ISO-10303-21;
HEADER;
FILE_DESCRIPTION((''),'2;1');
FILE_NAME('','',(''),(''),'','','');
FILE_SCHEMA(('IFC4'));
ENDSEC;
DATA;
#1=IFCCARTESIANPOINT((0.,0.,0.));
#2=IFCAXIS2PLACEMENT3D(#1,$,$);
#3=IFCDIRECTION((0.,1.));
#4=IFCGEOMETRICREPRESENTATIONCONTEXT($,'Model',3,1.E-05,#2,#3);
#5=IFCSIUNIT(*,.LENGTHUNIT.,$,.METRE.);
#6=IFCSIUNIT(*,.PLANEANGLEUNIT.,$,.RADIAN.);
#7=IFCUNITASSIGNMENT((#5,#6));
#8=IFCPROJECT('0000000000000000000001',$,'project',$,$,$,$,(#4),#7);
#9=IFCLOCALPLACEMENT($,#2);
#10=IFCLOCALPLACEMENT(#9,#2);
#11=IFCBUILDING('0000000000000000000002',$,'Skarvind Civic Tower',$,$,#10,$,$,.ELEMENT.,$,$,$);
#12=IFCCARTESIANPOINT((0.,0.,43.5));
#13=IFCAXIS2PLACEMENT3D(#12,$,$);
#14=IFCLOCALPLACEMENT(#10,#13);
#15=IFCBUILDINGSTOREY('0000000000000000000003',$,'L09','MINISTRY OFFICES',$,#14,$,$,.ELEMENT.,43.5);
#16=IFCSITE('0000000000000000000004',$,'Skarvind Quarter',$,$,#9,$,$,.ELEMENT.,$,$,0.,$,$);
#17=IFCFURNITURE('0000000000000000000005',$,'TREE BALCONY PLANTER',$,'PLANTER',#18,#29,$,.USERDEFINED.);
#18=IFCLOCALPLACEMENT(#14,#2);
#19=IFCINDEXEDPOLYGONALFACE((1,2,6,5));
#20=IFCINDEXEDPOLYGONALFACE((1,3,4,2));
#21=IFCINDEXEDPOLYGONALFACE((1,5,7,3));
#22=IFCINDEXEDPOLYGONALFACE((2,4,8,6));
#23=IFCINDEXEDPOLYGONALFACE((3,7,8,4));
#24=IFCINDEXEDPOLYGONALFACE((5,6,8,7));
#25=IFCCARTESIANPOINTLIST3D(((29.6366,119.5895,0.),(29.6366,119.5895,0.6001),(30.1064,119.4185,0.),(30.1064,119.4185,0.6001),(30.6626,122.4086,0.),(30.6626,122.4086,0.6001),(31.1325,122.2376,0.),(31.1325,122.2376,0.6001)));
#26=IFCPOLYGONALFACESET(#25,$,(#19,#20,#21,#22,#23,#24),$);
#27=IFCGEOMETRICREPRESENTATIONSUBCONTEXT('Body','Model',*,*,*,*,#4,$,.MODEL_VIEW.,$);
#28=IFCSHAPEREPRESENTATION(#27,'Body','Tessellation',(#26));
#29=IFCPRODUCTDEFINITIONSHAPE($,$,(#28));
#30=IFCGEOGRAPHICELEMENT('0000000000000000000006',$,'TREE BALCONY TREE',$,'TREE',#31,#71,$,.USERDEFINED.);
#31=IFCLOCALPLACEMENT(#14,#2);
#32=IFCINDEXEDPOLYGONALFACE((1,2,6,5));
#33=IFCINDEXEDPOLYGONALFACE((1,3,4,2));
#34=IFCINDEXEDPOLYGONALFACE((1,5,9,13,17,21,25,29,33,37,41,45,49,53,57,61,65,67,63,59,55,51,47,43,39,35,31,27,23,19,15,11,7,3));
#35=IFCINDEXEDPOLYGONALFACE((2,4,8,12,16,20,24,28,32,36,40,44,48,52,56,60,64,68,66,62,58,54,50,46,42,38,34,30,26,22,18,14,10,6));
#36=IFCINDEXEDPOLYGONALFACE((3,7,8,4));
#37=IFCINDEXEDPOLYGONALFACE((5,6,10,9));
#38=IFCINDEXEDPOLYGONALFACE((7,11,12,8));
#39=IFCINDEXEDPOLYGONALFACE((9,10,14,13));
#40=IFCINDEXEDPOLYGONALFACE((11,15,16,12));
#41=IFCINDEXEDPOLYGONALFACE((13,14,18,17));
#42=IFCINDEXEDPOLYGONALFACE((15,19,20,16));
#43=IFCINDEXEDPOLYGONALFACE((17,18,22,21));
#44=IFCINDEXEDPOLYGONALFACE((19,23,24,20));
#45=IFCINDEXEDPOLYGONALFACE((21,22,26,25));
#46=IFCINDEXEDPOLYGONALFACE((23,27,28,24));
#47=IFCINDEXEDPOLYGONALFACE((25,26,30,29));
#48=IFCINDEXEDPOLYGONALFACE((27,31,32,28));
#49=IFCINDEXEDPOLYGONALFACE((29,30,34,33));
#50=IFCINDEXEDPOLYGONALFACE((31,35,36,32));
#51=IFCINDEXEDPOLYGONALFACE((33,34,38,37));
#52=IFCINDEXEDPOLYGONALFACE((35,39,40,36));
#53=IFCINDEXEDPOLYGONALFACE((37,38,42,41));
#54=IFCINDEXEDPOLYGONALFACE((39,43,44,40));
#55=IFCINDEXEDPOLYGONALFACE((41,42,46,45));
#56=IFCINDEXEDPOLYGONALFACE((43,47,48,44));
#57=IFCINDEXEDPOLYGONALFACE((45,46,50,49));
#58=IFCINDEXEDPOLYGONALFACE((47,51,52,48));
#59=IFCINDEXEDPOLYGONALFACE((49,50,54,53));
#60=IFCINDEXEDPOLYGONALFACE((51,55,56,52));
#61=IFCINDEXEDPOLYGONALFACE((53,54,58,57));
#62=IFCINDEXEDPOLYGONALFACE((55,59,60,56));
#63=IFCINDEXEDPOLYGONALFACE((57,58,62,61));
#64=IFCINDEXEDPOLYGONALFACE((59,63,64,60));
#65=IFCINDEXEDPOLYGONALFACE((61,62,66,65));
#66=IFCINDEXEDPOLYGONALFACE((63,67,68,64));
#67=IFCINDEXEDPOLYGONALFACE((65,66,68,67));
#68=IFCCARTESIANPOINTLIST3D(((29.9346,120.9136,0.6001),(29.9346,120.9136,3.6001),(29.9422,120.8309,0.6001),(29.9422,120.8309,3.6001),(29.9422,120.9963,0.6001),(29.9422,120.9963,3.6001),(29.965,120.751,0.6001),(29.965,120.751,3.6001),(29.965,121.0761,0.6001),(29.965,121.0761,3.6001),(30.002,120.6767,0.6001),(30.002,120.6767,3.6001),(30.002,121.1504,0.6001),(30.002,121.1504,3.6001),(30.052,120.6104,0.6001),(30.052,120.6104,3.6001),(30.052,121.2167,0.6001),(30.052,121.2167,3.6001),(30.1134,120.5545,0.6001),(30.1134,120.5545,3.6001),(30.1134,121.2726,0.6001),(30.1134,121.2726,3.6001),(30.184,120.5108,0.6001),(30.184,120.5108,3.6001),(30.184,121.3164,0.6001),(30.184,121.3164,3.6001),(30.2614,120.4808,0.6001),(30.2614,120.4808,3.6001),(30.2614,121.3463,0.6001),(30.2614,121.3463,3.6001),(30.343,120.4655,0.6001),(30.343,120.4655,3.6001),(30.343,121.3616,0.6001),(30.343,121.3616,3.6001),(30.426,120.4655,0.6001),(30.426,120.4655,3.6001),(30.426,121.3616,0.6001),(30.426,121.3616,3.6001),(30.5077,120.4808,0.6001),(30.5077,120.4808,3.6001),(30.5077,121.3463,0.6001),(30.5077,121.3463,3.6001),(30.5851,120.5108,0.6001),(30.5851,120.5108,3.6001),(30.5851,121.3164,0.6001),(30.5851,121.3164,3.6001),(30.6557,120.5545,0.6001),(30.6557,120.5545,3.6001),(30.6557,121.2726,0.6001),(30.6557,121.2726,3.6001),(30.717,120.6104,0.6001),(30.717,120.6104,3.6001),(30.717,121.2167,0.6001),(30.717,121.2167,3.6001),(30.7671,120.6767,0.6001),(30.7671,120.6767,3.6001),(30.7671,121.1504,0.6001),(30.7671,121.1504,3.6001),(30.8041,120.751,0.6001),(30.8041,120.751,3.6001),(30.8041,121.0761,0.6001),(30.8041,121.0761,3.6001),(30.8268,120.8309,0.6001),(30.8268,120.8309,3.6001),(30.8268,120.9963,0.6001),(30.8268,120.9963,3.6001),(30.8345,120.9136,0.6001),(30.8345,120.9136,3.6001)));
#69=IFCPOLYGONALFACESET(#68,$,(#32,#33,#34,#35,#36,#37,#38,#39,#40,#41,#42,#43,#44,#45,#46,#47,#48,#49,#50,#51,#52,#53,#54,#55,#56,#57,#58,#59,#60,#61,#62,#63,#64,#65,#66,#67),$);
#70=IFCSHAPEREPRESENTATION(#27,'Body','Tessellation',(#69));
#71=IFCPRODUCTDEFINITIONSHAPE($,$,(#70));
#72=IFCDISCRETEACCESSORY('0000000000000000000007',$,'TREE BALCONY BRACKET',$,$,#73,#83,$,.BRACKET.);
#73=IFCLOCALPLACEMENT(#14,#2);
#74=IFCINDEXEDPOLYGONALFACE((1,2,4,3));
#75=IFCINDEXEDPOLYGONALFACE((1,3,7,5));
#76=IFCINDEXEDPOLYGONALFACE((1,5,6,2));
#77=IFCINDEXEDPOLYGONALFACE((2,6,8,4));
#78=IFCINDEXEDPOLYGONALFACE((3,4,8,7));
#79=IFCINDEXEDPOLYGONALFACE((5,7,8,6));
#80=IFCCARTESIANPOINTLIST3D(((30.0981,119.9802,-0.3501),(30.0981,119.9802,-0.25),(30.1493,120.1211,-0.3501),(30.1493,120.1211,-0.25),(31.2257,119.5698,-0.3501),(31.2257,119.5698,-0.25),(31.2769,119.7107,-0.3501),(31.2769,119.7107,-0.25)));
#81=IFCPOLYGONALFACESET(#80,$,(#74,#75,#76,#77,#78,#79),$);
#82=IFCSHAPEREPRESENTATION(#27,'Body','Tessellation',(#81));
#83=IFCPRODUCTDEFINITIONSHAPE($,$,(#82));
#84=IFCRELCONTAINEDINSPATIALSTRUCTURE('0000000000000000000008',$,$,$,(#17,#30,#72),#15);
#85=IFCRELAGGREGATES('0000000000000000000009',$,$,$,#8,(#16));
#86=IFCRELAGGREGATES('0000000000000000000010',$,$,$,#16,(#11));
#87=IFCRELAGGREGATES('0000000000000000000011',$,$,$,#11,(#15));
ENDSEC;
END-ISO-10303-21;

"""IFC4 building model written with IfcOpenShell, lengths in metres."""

from ifc_helpers import new_model, si_unit, direction, frame, origin, origin_2d, place, context, subcontext, project, spatial, rectangle, circle, extrude, element, save


model = new_model("IFC4")

# Units and contexts
model_context = context("Model", 3, precision=1e-05, world=origin(), true_north=direction((0.0, 1.0)))
body_context = subcontext(model_context, "Body", "Model", "MODEL_VIEW")
ifc_project = project(units=[si_unit("LENGTHUNIT", "METRE"), si_unit("PLANEANGLEUNIT", "RADIAN")], contexts=[model_context])

# Site, building, storey
site_placement = place(None, origin())
site = spatial("IfcSite", under=ifc_project, at=site_placement, Name="Skarvind Quarter", CompositionType="ELEMENT", RefElevation=0.0)
building_placement = place(site_placement, origin())
building = spatial("IfcBuilding", under=site, at=building_placement, Name="Skarvind Civic Tower", CompositionType="ELEMENT")
storey_placement = place(building_placement, frame((0.0, 0.0, 43.5)))
storey = spatial("IfcBuildingStorey", under=building, at=storey_placement, Name="L09", Description="MINISTRY OFFICES", CompositionType="ELEMENT", Elevation=43.5)

# Furniture
furniture_placement = place(storey_placement, frame((30.3845, 120.9136, 0.0), z_axis=(0.0, 0.0, 1.0), x_axis=(0.34202, 0.939693, 0.0)))
element("IfcFurniture", 1, at=furniture_placement, inside=storey, Name="TREE BALCONY PLANTER", ObjectType="PLANTER", PredefinedType="USERDEFINED", context=body_context, shape_type="SweptSolid", body=[
    extrude(rectangle(XDim=3.0, YDim=0.5, at=origin_2d()), origin(), (0.0, 0.0, 1.0), 0.6001),
])

# Geographic element
geographic_element_placement = place(storey_placement, frame((30.3845, 120.9136, 0.6001), z_axis=(0.0, 0.0, 1.0), x_axis=(1.0, 0.0, 0.0)))
element("IfcGeographicElement", 2, at=geographic_element_placement, inside=storey, Name="TREE BALCONY TREE", ObjectType="TREE", PredefinedType="USERDEFINED", context=body_context, shape_type="SweptSolid", body=[
    extrude(circle(Radius=0.45, at=origin_2d()), origin(), (0.0, 0.0, 1.0), 3.0),
])

# Discrete accessory
discrete_accessory_placement = place(storey_placement, frame((30.6875, 119.8455, -0.3501), z_axis=(0.0, 0.0, 1.0), x_axis=(0.34202, 0.939693, 0.0)))
element("IfcDiscreteAccessory", 3, at=discrete_accessory_placement, inside=storey, Name="TREE BALCONY BRACKET", PredefinedType="BRACKET", context=body_context, shape_type="SweptSolid", body=[
    extrude(rectangle(XDim=0.1499, YDim=1.2, at=origin_2d()), origin(), (0.0, 0.0, 1.0), 0.1001),
])

save(model, "model.ifc")
